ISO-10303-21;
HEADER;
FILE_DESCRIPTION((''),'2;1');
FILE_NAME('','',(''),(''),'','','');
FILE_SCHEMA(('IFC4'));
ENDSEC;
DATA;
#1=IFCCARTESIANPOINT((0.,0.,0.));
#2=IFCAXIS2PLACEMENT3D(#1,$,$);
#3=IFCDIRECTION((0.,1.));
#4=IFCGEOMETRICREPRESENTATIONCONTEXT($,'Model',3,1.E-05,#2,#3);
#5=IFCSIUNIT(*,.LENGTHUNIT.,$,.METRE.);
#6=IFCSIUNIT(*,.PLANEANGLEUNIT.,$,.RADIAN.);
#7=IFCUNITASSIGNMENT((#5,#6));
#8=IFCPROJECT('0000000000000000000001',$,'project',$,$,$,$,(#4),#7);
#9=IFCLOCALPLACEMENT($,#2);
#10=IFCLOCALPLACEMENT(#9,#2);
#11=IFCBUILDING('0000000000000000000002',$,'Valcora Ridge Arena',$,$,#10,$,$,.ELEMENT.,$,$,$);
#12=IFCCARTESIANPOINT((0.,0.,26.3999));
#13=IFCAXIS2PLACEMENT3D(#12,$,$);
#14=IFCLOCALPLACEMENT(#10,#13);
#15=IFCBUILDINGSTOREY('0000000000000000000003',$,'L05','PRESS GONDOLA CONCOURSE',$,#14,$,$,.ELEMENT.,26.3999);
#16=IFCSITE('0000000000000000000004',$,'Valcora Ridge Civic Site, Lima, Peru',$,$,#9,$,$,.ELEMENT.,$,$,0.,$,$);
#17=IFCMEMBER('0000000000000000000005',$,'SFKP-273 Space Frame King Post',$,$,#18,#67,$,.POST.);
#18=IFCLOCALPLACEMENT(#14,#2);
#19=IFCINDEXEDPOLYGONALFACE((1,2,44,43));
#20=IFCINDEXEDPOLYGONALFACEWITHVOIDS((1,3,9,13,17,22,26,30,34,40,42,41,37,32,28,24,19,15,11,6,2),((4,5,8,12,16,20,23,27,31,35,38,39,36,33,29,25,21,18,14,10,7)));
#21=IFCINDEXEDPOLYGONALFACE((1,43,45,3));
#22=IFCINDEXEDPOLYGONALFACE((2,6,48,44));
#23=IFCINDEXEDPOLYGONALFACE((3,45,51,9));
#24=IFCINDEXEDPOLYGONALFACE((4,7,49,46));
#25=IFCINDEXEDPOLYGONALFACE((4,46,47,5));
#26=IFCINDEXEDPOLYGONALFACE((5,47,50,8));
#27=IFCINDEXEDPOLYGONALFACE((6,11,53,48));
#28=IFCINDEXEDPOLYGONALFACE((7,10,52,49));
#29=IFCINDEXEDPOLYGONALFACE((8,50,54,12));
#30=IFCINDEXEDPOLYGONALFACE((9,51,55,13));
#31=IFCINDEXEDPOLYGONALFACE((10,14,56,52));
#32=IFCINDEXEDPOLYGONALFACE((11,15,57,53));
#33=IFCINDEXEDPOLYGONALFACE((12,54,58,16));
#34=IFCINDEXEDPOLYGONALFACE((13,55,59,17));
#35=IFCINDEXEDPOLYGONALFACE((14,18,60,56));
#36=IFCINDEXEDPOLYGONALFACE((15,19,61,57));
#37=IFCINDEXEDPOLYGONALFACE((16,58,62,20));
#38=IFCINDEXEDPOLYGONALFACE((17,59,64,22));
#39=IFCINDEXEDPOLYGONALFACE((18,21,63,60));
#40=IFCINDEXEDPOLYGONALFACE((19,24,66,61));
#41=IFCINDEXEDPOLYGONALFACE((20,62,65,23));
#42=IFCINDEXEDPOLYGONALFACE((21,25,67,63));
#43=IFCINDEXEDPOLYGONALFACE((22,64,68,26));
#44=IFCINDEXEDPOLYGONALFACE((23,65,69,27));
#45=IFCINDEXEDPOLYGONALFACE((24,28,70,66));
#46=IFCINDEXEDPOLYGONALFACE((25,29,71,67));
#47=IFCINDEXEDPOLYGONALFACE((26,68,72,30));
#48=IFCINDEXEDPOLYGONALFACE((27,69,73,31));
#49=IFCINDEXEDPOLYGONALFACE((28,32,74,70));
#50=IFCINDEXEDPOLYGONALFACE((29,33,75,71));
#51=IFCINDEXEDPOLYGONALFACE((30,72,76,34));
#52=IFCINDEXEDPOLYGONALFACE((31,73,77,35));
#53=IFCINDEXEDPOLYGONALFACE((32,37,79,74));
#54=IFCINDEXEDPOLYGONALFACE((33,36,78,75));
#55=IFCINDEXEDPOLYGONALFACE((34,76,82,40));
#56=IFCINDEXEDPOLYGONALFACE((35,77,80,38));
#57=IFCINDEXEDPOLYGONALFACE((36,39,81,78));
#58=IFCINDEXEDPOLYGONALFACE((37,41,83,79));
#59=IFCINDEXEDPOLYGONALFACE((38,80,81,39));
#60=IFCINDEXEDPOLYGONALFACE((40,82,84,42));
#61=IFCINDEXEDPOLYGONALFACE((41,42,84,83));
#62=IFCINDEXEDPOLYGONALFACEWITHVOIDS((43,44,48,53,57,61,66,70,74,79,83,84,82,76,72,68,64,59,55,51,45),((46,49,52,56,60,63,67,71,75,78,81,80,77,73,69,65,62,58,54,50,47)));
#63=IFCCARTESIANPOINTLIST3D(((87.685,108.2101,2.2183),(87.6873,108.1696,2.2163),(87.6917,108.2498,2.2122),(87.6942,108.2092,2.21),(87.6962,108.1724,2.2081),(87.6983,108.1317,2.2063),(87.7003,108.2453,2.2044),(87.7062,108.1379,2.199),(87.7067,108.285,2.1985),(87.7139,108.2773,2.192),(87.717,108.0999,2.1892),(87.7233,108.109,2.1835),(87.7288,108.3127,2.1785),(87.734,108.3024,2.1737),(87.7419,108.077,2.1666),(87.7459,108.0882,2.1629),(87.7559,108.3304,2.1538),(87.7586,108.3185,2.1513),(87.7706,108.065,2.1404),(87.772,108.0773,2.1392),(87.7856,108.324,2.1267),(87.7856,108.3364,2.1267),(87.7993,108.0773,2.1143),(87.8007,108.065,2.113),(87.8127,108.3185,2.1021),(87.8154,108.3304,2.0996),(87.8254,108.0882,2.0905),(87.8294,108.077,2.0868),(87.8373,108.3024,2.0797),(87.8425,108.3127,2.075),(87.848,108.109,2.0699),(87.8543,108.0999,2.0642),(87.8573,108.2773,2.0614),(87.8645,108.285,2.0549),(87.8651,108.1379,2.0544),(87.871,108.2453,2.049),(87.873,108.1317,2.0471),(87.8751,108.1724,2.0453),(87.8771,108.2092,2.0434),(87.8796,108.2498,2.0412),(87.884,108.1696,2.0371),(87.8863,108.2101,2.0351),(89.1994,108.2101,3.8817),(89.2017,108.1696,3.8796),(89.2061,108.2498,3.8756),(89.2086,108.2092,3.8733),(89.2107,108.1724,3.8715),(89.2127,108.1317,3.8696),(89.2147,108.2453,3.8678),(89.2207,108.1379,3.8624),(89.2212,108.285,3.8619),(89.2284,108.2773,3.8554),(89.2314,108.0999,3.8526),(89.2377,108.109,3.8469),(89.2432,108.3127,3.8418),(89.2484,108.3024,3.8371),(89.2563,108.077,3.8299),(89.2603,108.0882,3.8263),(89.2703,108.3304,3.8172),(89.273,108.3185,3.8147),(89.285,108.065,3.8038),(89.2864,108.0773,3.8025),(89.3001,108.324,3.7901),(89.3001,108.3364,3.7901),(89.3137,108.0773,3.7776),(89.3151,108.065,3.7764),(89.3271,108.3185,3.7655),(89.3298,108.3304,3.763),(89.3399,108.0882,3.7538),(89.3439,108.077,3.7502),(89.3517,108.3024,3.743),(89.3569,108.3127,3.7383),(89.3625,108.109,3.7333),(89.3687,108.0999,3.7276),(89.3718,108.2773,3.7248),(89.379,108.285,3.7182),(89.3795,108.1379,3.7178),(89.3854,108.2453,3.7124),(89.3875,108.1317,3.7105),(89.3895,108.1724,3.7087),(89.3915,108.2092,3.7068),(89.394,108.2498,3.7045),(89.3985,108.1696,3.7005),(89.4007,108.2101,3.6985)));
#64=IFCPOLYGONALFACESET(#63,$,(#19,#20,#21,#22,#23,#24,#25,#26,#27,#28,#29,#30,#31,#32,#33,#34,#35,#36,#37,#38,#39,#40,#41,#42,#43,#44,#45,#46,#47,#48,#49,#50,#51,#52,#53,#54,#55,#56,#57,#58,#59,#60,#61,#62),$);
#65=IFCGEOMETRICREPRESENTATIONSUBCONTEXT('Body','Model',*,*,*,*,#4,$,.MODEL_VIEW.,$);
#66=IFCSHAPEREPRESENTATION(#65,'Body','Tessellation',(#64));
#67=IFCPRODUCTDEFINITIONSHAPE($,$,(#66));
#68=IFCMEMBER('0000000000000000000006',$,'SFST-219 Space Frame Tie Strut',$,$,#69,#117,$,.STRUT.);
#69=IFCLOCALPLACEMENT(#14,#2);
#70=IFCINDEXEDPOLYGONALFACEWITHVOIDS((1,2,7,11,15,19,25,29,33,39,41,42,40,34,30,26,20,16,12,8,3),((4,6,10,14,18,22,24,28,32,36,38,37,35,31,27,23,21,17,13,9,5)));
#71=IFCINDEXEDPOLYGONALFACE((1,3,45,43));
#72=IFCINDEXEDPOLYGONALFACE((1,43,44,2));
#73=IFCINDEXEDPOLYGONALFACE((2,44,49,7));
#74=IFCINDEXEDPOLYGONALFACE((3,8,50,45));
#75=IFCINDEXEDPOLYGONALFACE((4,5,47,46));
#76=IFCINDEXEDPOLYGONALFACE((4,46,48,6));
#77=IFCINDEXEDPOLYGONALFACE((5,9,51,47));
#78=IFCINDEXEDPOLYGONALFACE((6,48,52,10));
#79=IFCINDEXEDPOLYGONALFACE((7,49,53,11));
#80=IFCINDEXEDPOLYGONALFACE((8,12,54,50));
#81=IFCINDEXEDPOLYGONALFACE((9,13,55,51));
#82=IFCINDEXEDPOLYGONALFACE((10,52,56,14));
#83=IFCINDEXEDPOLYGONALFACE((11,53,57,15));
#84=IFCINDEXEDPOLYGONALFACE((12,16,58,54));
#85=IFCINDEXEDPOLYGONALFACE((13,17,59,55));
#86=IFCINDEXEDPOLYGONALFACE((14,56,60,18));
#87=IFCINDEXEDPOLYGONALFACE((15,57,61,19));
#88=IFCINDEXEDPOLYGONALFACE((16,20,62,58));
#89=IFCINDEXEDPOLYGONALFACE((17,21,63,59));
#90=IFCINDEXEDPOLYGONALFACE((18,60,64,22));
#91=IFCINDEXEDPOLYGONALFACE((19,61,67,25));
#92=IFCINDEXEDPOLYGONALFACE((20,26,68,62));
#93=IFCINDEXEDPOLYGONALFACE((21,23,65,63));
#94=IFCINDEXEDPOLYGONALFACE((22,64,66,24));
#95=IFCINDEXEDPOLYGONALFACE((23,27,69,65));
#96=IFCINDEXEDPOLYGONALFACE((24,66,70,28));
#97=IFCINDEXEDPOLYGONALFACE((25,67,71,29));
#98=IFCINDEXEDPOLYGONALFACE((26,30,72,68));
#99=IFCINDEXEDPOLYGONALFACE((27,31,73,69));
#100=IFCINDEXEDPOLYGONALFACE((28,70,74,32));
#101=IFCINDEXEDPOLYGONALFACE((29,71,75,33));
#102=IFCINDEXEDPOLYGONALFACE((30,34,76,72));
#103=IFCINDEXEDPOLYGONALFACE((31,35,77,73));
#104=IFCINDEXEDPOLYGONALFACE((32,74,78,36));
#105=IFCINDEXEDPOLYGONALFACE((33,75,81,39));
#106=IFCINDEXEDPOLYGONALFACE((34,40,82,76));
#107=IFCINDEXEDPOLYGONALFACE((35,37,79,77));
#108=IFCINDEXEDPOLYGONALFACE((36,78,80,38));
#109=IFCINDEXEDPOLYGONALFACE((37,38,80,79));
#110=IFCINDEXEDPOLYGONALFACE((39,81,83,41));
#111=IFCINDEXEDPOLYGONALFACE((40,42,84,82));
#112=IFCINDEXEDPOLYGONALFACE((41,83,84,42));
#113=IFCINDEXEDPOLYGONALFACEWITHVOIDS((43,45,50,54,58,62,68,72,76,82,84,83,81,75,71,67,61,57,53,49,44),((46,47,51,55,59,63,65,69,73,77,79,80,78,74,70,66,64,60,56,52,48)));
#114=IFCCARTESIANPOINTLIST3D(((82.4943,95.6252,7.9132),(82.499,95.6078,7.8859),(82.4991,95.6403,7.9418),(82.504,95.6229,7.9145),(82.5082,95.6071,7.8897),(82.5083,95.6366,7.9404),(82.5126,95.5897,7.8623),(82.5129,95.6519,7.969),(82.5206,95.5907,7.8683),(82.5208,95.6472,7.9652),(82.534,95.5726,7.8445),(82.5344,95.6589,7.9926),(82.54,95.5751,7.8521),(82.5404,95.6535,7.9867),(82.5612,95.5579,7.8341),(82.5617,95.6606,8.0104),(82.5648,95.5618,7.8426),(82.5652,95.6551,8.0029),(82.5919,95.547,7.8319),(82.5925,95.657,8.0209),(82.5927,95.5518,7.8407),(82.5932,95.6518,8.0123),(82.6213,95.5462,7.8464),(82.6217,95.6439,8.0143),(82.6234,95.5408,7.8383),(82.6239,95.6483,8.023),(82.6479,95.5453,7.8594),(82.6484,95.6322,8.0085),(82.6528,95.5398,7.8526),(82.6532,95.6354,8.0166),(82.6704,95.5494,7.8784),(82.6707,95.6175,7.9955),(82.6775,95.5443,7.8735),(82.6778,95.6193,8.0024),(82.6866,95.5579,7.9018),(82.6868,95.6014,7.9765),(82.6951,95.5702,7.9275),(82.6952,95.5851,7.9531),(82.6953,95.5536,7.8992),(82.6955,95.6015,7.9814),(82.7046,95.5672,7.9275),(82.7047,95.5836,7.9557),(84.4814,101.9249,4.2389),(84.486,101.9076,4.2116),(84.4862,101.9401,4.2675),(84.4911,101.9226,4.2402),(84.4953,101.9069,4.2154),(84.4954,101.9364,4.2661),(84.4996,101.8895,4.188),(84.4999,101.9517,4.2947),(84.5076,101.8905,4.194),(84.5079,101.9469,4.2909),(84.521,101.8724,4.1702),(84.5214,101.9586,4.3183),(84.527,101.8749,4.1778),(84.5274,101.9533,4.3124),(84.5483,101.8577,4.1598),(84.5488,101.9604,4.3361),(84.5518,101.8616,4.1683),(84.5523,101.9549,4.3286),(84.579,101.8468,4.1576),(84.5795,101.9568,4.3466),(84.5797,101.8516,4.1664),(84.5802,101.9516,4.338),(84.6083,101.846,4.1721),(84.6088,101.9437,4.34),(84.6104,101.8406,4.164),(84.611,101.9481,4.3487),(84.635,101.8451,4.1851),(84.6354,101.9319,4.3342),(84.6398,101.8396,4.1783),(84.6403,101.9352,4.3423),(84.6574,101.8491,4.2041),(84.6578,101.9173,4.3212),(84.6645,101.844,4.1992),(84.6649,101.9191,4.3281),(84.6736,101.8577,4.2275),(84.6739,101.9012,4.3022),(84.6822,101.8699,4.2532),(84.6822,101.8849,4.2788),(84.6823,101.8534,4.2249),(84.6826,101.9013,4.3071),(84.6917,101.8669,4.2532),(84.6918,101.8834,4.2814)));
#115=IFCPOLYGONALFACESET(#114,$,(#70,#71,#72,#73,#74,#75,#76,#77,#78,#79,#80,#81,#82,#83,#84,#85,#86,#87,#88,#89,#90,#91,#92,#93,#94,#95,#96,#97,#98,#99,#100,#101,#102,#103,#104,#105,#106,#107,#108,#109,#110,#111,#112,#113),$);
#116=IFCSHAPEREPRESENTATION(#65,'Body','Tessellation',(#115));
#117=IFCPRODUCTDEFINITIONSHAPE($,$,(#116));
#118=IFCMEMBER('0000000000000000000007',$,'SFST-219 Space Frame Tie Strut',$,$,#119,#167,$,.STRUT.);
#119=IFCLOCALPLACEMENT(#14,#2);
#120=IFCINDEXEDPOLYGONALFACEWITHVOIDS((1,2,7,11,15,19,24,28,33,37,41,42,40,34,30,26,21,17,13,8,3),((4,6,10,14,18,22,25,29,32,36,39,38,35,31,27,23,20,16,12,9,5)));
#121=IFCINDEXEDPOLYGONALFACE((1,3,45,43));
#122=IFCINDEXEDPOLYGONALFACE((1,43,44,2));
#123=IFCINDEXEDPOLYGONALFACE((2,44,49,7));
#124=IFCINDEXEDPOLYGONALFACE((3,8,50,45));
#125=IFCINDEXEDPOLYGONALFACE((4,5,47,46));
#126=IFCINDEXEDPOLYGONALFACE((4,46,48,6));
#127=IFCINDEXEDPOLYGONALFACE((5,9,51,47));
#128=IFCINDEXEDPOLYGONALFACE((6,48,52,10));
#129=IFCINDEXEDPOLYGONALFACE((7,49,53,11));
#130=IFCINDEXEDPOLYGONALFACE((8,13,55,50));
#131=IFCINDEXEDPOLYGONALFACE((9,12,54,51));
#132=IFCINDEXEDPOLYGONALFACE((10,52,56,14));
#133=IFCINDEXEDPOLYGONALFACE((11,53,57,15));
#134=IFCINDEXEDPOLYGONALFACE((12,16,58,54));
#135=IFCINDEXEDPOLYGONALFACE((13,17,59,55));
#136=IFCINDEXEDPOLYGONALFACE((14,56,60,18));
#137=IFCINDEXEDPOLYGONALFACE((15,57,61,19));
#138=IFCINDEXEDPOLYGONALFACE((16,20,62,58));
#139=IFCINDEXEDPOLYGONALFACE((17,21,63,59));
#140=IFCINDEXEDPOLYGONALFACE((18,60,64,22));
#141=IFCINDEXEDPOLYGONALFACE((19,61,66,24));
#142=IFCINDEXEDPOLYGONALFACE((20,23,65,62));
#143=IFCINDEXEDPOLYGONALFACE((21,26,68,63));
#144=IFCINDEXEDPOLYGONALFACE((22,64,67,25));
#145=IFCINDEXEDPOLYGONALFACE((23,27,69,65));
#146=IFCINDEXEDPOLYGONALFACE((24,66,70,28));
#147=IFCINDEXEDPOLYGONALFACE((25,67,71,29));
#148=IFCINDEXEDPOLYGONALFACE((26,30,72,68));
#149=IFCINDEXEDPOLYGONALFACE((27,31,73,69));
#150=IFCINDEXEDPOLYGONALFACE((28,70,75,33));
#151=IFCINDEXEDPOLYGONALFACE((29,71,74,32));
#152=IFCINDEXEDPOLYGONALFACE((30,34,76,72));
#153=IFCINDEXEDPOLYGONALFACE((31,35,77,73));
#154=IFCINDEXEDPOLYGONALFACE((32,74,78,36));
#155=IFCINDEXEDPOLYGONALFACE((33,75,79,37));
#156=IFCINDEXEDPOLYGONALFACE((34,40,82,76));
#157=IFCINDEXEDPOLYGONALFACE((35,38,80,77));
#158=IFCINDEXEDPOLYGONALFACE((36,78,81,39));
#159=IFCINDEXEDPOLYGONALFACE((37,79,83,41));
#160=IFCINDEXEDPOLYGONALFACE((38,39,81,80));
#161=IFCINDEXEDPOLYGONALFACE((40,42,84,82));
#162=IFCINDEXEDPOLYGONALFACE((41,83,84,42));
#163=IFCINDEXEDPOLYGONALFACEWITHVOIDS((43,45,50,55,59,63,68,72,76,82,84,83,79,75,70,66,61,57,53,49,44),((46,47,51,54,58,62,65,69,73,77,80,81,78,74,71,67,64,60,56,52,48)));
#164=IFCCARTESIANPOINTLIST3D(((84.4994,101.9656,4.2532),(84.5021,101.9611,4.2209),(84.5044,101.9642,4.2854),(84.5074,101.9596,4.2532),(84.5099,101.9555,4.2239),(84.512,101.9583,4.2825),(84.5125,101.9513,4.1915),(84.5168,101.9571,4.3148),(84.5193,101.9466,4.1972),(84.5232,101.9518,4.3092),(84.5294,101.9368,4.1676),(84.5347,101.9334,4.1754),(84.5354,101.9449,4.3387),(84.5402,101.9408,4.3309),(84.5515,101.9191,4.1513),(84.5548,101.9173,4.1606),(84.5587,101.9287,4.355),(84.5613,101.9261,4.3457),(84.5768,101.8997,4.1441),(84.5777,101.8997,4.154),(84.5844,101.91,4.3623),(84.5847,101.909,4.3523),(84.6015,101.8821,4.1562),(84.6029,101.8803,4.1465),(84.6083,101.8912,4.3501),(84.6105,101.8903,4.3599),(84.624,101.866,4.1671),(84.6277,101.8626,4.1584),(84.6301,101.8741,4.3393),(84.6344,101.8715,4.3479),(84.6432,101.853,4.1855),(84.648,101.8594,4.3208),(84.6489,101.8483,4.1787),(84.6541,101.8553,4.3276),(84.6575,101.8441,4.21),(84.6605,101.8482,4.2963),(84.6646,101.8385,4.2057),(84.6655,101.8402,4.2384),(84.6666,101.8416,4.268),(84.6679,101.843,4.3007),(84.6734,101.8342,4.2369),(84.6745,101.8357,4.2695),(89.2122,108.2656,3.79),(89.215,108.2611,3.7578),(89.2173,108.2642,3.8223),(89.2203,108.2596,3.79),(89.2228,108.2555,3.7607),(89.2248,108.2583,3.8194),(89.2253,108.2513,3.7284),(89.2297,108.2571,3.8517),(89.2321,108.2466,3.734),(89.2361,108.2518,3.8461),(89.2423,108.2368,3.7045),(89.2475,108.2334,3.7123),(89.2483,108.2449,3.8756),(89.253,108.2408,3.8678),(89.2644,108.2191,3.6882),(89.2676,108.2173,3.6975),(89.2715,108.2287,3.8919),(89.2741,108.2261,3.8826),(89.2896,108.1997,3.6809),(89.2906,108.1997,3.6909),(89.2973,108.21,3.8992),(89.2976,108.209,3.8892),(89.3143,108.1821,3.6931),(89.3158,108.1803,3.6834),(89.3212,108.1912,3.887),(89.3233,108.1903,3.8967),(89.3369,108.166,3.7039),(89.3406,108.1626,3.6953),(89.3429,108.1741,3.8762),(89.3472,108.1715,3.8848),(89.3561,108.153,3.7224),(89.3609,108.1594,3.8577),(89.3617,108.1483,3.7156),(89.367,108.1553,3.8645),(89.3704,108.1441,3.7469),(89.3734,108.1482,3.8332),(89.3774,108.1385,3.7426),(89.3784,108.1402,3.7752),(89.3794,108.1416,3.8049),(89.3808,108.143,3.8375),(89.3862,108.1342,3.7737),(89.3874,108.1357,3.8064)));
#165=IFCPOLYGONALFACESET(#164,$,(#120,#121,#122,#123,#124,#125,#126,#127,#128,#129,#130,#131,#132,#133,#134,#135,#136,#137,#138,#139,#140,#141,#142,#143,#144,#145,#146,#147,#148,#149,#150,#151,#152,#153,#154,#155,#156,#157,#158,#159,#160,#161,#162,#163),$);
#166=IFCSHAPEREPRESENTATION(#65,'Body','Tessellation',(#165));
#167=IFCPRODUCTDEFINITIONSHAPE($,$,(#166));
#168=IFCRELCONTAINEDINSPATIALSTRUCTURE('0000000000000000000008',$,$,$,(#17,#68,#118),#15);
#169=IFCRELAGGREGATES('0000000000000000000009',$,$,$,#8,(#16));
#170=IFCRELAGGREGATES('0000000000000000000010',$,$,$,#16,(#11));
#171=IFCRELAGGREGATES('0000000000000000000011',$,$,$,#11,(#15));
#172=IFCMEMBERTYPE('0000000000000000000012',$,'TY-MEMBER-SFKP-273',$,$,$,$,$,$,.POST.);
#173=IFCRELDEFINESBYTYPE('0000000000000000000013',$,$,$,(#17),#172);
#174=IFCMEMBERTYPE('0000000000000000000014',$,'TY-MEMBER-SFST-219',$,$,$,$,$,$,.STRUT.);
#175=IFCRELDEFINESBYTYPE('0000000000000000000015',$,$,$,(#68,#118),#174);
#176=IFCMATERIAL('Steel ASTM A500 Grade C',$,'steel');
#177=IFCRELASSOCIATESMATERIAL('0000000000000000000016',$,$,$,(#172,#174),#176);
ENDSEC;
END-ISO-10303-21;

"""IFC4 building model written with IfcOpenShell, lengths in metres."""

from ifc_helpers import new_model, si_unit, direction, frame, origin, origin_2d, place, context, subcontext, project, spatial, hollow_circle, extrude, material, material_profile, profile_set, type_object, element, save


model = new_model("IFC4")

# Units and contexts
model_context = context("Model", 3, precision=1e-05, world=origin(), true_north=direction((0.0, 1.0)))
body_context = subcontext(model_context, "Body", "Model", "MODEL_VIEW")
ifc_project = project(units=[si_unit("LENGTHUNIT", "METRE"), si_unit("PLANEANGLEUNIT", "RADIAN")], contexts=[model_context])

# Site, building, storey
site_placement = place(None, origin())
site = spatial("IfcSite", under=ifc_project, at=site_placement, Name="Valcora Ridge Civic Site, Lima, Peru", CompositionType="ELEMENT", RefElevation=0.0)
building_placement = place(site_placement, origin())
building = spatial("IfcBuilding", under=site, at=building_placement, Name="Valcora Ridge Arena", CompositionType="ELEMENT")
storey_placement = place(building_placement, frame((0.0, 0.0, 26.3999)))
storey = spatial("IfcBuildingStorey", under=building, at=storey_placement, Name="L05", Description="PRESS GONDOLA CONCOURSE", CompositionType="ELEMENT", Elevation=26.3999)

# Members
ifc_material_1 = material(Name="Steel ASTM A500 Grade C", Category="steel")
ifc_material_profile_1 = material_profile(ifc_material_1, hollow_circle(Radius=0.1365, WallThickness=0.0125, at=origin_2d()), Name="CHS273X12")
ifc_profile_set_1 = profile_set([ifc_material_profile_1], Name="Steel ASTM A500 Grade C")
member_type_1 = type_object("IfcMemberType", Name="TY-MEMBER-SFKP-273", PredefinedType="POST", material=ifc_profile_set_1)
member_1_placement = place(storey_placement, frame((87.7856, 108.2, 2.1267), z_axis=(0.673229, 0.0, 0.739434), x_axis=(0.0, 1.0, 0.0)))
element("IfcMember", 1, at=member_1_placement, inside=storey, type_object=member_type_1, Name="SFKP-273 Space Frame King Post", PredefinedType="POST", context=body_context, shape_type="SweptSolid", body=[
    extrude(hollow_circle(Radius=0.1365, WallThickness=0.0125, at=origin_2d()), origin(), (0.0, 0.0, 1.0), 2.2495),
])
ifc_material_profile_2 = material_profile(ifc_material_1, hollow_circle(Radius=0.1096, WallThickness=0.01, at=origin_2d()), Name="CHS219X10")
ifc_profile_set_2 = profile_set([ifc_material_profile_2], Name="Steel ASTM A500 Grade C")
member_type_2 = type_object("IfcMemberType", Name="TY-MEMBER-SFST-219", PredefinedType="STRUT", material=ifc_profile_set_2)
member_2_placement = place(storey_placement, frame((84.5872, 101.8999, 4.2532), z_axis=(-0.262878, -0.833432, 0.486093), x_axis=(0.953685, -0.300808, 0.0)))
element("IfcMember", 2, at=member_2_placement, inside=storey, type_object=member_type_2, Name="SFST-219 Space Frame Tie Strut", PredefinedType="STRUT", context=body_context, shape_type="SweptSolid", body=[
    extrude(hollow_circle(Radius=0.1096, WallThickness=0.01, at=origin_2d()), origin(), (0.0, 0.0, 1.0), 7.5588),
])
member_3_placement = place(storey_placement, frame((84.5872, 101.8999, 4.2532), z_axis=(0.597976, 0.799357, -0.058763), x_axis=(-0.80074, 0.599012, 0.0)))
element("IfcMember", 3, at=member_3_placement, inside=storey, type_object=member_type_2, Name="SFST-219 Space Frame Tie Strut", PredefinedType="STRUT", context=body_context, shape_type="SweptSolid", body=[
    extrude(hollow_circle(Radius=0.1096, WallThickness=0.01, at=origin_2d()), origin(), (0.0, 0.0, 1.0), 7.8813),
])

save(model, "model.ifc")
